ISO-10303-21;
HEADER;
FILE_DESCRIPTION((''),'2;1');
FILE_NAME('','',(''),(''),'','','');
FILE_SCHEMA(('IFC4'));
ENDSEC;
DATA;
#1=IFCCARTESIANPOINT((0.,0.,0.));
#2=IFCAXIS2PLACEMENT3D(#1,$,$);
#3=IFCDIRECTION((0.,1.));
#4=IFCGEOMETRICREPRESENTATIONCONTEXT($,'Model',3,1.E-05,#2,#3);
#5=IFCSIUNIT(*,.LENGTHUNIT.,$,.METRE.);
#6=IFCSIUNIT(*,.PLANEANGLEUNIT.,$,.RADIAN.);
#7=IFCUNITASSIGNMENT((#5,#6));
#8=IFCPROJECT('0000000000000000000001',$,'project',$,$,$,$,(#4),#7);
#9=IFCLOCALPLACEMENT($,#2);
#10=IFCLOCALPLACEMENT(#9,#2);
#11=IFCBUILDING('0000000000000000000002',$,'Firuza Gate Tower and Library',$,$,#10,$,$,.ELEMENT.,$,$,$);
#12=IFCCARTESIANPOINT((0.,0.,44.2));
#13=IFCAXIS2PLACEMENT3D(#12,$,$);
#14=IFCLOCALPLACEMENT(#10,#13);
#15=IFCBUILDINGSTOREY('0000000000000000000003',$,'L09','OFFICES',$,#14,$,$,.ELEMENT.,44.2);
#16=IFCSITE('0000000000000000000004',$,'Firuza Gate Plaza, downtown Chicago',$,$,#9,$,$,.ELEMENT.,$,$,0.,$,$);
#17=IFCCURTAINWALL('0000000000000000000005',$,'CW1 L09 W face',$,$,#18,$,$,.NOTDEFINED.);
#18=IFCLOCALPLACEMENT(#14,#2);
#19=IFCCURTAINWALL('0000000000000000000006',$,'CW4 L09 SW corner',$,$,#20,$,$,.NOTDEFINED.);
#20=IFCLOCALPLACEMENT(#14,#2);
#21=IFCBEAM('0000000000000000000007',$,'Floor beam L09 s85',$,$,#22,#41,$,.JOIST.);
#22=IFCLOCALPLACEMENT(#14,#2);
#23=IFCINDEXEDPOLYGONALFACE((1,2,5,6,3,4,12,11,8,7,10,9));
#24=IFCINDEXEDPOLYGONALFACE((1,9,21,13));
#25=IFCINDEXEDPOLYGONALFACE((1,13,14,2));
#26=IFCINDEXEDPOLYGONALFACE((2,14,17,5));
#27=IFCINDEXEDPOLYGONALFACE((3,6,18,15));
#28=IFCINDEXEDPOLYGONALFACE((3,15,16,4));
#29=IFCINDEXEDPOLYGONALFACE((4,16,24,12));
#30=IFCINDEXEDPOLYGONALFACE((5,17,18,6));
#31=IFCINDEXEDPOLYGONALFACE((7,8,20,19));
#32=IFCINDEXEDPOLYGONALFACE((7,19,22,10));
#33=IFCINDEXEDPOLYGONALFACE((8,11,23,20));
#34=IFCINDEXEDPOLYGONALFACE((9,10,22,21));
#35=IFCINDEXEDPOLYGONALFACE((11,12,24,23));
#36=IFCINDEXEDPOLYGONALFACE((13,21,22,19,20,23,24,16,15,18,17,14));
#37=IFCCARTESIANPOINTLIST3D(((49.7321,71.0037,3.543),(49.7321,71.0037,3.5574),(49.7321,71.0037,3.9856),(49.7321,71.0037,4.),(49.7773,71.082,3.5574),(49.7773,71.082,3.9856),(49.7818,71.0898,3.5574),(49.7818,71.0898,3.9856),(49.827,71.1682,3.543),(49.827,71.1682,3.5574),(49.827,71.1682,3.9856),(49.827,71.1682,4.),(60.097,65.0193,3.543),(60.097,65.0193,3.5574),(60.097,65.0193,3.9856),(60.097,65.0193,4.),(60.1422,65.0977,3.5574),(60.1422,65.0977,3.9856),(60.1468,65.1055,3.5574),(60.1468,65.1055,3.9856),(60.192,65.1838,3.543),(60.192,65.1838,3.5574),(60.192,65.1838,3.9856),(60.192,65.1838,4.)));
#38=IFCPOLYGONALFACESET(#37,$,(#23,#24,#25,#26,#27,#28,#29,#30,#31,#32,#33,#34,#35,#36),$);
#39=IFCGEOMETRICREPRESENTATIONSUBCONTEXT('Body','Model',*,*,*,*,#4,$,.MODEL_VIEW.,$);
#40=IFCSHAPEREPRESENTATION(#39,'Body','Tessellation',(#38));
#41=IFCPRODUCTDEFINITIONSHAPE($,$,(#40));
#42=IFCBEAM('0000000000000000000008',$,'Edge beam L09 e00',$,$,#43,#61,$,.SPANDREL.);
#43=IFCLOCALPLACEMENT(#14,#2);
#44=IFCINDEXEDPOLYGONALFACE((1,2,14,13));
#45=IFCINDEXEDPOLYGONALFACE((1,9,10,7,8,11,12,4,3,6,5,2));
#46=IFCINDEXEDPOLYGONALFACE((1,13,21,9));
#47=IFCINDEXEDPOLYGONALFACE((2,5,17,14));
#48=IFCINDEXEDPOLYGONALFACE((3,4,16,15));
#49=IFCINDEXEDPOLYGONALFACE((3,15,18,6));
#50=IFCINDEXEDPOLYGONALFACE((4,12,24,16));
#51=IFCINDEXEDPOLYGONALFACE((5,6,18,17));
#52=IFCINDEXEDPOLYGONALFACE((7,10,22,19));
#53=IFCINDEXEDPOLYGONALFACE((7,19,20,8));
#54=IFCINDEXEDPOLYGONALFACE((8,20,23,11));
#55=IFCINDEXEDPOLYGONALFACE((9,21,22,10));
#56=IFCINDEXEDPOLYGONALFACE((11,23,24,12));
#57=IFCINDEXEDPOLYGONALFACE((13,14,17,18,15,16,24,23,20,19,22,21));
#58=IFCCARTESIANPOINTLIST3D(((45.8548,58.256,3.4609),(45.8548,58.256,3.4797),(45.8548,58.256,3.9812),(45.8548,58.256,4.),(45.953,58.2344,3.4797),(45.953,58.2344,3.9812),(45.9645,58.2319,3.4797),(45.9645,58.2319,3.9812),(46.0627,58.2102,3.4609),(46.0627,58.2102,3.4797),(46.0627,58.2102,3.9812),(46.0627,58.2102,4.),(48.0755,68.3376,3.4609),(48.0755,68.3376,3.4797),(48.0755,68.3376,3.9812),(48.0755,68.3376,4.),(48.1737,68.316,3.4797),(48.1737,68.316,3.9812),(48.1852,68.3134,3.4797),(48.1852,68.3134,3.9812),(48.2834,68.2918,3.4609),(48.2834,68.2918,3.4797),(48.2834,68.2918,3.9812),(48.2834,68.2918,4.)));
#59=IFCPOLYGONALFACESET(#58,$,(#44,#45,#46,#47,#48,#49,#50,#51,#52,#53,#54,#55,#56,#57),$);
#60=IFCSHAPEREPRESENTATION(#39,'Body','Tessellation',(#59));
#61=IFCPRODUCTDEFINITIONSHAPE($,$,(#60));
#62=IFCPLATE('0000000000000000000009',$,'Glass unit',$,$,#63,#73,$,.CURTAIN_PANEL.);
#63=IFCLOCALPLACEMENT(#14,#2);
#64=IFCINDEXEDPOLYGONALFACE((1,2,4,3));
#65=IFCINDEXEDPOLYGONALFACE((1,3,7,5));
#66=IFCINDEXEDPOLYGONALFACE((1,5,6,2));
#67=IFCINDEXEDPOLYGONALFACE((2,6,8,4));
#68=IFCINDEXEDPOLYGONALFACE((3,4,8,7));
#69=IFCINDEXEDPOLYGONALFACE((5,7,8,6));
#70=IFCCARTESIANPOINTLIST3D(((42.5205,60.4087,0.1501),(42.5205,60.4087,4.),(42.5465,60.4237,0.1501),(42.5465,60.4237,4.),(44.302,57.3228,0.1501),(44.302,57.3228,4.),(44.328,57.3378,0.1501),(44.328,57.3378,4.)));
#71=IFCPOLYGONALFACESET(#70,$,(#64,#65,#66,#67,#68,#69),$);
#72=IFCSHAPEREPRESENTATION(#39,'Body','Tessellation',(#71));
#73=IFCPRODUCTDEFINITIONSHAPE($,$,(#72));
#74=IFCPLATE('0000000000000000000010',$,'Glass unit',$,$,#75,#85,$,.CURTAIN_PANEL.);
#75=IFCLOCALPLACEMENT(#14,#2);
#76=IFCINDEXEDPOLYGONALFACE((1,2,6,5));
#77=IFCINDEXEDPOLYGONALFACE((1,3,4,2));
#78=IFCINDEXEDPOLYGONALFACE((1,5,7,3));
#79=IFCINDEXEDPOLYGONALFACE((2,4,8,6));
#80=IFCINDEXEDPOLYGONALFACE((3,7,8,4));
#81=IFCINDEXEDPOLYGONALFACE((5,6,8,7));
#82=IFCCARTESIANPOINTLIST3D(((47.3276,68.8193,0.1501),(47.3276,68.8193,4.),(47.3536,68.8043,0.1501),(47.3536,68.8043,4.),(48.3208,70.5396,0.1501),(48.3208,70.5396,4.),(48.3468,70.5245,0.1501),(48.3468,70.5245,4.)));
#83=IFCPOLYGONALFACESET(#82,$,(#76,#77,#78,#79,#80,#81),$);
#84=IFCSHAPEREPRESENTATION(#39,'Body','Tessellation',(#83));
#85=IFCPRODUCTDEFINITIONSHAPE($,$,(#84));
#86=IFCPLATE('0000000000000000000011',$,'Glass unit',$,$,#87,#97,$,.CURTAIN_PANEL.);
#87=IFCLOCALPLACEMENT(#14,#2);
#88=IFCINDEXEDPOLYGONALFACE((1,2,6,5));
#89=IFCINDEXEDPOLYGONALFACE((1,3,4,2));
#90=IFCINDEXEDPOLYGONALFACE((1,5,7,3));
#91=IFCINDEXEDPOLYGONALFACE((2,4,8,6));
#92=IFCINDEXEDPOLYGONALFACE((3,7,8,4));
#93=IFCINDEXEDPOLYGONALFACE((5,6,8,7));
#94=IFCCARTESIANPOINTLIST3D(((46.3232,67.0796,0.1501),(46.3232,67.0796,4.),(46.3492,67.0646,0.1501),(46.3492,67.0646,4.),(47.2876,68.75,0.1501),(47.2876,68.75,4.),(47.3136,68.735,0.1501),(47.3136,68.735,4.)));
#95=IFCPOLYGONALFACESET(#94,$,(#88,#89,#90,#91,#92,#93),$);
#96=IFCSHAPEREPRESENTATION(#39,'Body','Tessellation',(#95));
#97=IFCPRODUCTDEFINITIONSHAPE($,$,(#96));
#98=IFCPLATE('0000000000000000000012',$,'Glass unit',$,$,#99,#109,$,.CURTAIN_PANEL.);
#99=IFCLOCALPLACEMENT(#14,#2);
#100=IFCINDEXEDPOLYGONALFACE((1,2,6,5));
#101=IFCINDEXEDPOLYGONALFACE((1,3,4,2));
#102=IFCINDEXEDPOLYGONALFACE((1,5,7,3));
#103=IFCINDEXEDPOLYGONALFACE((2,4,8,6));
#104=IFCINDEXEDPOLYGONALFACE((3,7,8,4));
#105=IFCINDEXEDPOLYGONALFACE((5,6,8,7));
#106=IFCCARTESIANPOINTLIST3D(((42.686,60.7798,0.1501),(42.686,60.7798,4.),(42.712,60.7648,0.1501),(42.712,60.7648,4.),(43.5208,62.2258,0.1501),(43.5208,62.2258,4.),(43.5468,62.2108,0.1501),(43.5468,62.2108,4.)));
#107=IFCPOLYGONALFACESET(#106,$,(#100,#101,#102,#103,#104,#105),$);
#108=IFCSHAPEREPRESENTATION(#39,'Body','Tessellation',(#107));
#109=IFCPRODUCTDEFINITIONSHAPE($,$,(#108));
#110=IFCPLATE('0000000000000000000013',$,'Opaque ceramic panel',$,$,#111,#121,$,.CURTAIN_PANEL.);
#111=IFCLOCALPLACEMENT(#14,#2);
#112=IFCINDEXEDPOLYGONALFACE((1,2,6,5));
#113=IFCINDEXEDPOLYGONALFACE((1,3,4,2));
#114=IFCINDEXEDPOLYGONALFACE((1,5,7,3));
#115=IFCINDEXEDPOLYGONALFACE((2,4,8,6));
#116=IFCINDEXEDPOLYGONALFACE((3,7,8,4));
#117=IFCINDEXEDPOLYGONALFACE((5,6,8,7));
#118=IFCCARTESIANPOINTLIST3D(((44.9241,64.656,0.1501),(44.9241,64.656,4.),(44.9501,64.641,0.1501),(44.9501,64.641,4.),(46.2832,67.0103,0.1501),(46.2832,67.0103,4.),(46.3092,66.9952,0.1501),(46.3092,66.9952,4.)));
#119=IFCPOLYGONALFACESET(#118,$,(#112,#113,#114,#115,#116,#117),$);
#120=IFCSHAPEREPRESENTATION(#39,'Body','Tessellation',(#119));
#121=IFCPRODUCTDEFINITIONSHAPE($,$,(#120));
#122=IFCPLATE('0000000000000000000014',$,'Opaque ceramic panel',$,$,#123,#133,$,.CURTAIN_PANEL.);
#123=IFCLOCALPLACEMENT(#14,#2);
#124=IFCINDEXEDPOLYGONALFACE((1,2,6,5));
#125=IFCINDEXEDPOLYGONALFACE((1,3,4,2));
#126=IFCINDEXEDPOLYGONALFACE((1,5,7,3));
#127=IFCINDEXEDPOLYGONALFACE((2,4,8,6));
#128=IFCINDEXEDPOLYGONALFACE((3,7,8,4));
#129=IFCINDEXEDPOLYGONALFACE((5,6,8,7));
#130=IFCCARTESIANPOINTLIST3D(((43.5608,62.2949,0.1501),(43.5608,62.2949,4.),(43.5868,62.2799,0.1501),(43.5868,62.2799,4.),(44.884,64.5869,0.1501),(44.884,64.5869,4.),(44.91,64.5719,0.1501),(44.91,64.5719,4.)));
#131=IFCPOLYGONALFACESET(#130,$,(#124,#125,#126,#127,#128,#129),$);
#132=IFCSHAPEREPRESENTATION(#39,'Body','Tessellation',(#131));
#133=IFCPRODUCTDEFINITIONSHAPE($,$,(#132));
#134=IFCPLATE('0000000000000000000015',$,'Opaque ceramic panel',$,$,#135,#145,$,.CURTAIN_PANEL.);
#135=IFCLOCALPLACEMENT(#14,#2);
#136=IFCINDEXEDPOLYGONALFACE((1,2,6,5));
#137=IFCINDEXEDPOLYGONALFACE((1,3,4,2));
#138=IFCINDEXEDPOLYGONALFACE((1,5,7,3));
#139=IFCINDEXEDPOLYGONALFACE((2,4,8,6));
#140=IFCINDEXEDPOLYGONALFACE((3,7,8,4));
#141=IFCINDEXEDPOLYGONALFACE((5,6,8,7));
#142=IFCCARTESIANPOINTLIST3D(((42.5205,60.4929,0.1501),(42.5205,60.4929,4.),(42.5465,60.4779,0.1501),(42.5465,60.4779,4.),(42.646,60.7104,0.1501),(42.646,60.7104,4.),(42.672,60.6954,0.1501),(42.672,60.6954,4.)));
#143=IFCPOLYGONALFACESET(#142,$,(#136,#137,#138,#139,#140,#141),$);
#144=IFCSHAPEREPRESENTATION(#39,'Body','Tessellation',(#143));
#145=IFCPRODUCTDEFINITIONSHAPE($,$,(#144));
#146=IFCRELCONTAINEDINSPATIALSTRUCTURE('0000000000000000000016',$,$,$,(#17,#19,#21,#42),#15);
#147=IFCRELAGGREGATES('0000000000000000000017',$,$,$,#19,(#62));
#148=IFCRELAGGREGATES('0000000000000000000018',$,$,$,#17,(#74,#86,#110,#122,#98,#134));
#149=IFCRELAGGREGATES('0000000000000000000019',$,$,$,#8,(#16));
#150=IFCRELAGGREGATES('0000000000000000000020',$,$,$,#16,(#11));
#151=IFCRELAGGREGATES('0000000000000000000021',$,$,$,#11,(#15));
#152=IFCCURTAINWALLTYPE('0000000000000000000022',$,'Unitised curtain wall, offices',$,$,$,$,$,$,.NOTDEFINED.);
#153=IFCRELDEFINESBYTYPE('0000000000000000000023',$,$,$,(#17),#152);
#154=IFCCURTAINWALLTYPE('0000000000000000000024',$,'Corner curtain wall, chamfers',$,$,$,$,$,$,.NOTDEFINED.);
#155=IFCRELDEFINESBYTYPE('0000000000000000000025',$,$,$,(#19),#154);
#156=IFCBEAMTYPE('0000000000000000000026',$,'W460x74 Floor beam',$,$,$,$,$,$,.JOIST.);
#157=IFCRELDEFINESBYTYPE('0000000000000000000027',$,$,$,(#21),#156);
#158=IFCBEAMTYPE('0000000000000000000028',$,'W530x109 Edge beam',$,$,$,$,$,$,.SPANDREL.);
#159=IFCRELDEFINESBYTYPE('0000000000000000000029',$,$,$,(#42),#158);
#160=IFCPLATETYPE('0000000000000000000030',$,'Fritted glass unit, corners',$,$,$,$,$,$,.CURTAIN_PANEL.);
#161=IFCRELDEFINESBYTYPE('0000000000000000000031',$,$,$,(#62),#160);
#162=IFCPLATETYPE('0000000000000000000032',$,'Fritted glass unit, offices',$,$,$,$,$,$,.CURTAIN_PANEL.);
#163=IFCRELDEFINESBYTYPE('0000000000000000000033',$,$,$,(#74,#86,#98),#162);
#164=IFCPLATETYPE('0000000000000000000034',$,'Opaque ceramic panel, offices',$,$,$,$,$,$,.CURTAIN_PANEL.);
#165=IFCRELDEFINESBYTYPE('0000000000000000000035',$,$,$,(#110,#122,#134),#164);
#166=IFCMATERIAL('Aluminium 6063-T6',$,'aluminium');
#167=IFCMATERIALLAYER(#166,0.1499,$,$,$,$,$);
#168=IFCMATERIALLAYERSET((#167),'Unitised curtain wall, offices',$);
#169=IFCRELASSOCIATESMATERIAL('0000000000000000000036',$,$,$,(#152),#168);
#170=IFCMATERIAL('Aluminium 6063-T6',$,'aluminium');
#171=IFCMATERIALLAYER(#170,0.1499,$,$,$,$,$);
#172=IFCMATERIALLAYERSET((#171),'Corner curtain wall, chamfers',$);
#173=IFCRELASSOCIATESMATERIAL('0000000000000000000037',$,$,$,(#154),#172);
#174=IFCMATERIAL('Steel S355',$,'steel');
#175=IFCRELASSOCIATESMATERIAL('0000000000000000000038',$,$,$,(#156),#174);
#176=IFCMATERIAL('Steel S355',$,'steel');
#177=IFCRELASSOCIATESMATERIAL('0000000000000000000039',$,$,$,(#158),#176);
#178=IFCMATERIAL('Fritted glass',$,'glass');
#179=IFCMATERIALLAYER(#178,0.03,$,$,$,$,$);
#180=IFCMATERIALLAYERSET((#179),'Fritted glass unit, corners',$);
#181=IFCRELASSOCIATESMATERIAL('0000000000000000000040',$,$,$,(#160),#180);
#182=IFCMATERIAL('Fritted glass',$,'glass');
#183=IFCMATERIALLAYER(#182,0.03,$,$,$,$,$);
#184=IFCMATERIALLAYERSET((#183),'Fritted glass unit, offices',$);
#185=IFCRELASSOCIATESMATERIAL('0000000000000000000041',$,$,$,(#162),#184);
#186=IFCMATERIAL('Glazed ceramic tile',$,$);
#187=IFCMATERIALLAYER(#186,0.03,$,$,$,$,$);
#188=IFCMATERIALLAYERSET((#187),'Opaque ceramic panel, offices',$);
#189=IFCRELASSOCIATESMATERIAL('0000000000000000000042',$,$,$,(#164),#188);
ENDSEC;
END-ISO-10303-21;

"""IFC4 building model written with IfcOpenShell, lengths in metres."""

from ifc_helpers import new_model, si_unit, direction, frame, origin, origin_2d, place, context, subcontext, project, spatial, polyline, i_section, outline, extrude, material, layer, layer_set, material_profile, profile_set, type_object, element, aggregate, save


model = new_model("IFC4")

# Units and contexts
model_context = context("Model", 3, precision=1e-05, world=origin(), true_north=direction((0.0, 1.0)))
body_context = subcontext(model_context, "Body", "Model", "MODEL_VIEW")
ifc_project = project(units=[si_unit("LENGTHUNIT", "METRE"), si_unit("PLANEANGLEUNIT", "RADIAN")], contexts=[model_context])

# Site, building, storey
site_placement = place(None, origin())
site = spatial("IfcSite", under=ifc_project, at=site_placement, Name="Firuza Gate Plaza, downtown Chicago", CompositionType="ELEMENT", RefElevation=0.0)
building_placement = place(site_placement, origin())
building = spatial("IfcBuilding", under=site, at=building_placement, Name="Firuza Gate Tower and Library", CompositionType="ELEMENT")
storey_placement = place(building_placement, frame((0.0, 0.0, 44.2)))
storey = spatial("IfcBuildingStorey", under=building, at=storey_placement, Name="L09", Description="OFFICES", CompositionType="ELEMENT", Elevation=44.2)

# Curtain walls
ifc_material_1 = material(Name="Aluminium 6063-T6", Category="aluminium")
ifc_layer_1 = layer(ifc_material_1, 0.1499)
ifc_layer_set_1 = layer_set([ifc_layer_1], Name="Unitised curtain wall, offices")
curtain_wall_type_1 = type_object("IfcCurtainWallType", Name="Unitised curtain wall, offices", PredefinedType="NOTDEFINED", material=ifc_layer_set_1)
placement = place(storey_placement, origin())
curtain_wall_1 = element("IfcCurtainWall", 1, at=placement, inside=storey, type_object=curtain_wall_type_1, Name="CW1 L09 W face", PredefinedType="NOTDEFINED")
ifc_material_2 = material(Name="Aluminium 6063-T6", Category="aluminium")
ifc_layer_2 = layer(ifc_material_2, 0.1499)
ifc_layer_set_2 = layer_set([ifc_layer_2], Name="Corner curtain wall, chamfers")
curtain_wall_type_2 = type_object("IfcCurtainWallType", Name="Corner curtain wall, chamfers", PredefinedType="NOTDEFINED", material=ifc_layer_set_2)
curtain_wall_2 = element("IfcCurtainWall", 2, at=placement, inside=storey, type_object=curtain_wall_type_2, Name="CW4 L09 SW corner", PredefinedType="NOTDEFINED")

# Beams
ifc_material_3 = material(Name="Steel S355", Category="steel")
ifc_material_profile_1 = material_profile(ifc_material_3, i_section(OverallWidth=0.1899, OverallDepth=0.457, WebThickness=0.009, FlangeThickness=0.0144, at=origin_2d()))
ifc_profile_set_1 = profile_set([ifc_material_profile_1], Name="Steel S355")
beam_type_1 = type_object("IfcBeamType", Name="W460x74 Floor beam", PredefinedType="JOIST", material=ifc_profile_set_1)
beam_1_placement = place(storey_placement, frame((49.7795, 71.0859, 3.7715), z_axis=(0.86602, -0.500009, 0.0), x_axis=(0.500009, 0.86602, 0.0)))
element("IfcBeam", 3, at=beam_1_placement, inside=storey, type_object=beam_type_1, Name="Floor beam L09 s85", PredefinedType="JOIST", context=body_context, shape_type="SweptSolid", body=[
    extrude(i_section(OverallWidth=0.1899, OverallDepth=0.457, WebThickness=0.009, FlangeThickness=0.0144, at=origin_2d()), origin(), (0.0, 0.0, 1.0), 11.9685),
])
ifc_material_4 = material(Name="Steel S355", Category="steel")
ifc_material_profile_2 = material_profile(ifc_material_4, i_section(OverallWidth=0.2129, OverallDepth=0.5391, WebThickness=0.0117, FlangeThickness=0.0188, at=origin_2d()))
ifc_profile_set_2 = profile_set([ifc_material_profile_2], Name="Steel S355")
beam_type_2 = type_object("IfcBeamType", Name="W530x109 Edge beam", PredefinedType="SPANDREL", material=ifc_profile_set_2)
beam_2_placement = place(storey_placement, frame((48.1794, 68.3147, 3.7305), z_axis=(-0.215117, -0.976588, 0.0), x_axis=(0.976588, -0.215117, 0.0)))
element("IfcBeam", 4, at=beam_2_placement, inside=storey, type_object=beam_type_2, Name="Edge beam L09 e00", PredefinedType="SPANDREL", context=body_context, shape_type="SweptSolid", body=[
    extrude(i_section(OverallWidth=0.2129, OverallDepth=0.5391, WebThickness=0.0117, FlangeThickness=0.0188, at=origin_2d()), origin(), (0.0, 0.0, 1.0), 10.3232),
])

# Plates
ifc_material_5 = material(Name="Fritted glass", Category="glass")
ifc_layer_3 = layer(ifc_material_5, 0.03)
ifc_layer_set_3 = layer_set([ifc_layer_3], Name="Fritted glass unit, corners")
plate_type_1 = type_object("IfcPlateType", Name="Fritted glass unit, corners", PredefinedType="CURTAIN_PANEL", material=ifc_layer_set_3)
plate_1_placement = place(storey_placement, frame((42.5205, 60.4087, 0.1501), z_axis=(-0.866046, -0.499964, 0.0), x_axis=(0.499964, -0.866046, 0.0)))
plate_1 = element("IfcPlate", 5, at=plate_1_placement, type_object=plate_type_1, Name="Glass unit", PredefinedType="CURTAIN_PANEL", context=body_context, shape_type="SweptSolid", body=[
    extrude(outline(polyline([(0.0, 0.0), (3.5632, 0.0), (3.5632, 3.8499), (0.0, 3.8499), (0.0, 0.0)])), origin(), (0.0, 0.0, -1.0), 0.03),
])
aggregate(curtain_wall_2, [plate_1])
ifc_material_6 = material(Name="Fritted glass", Category="glass")
ifc_layer_4 = layer(ifc_material_6, 0.03)
ifc_layer_set_4 = layer_set([ifc_layer_4], Name="Fritted glass unit, offices")
plate_type_2 = type_object("IfcPlateType", Name="Fritted glass unit, offices", PredefinedType="CURTAIN_PANEL", material=ifc_layer_set_4)
plate_2_placement = place(storey_placement, frame((48.3208, 70.5396, 0.1501), z_axis=(-0.866026, 0.499999, 0.0), x_axis=(-0.499999, -0.866026, 0.0)))
plate_2 = element("IfcPlate", 6, at=plate_2_placement, type_object=plate_type_2, Name="Glass unit", PredefinedType="CURTAIN_PANEL", context=body_context, shape_type="SweptSolid", body=[
    extrude(outline(polyline([(0.0, 0.0), (1.9863, 0.0), (1.9863, 3.8499), (0.0, 3.8499), (0.0, 0.0)])), origin(), (0.0, 0.0, -1.0), 0.03),
])
plate_3_placement = place(storey_placement, frame((47.2876, 68.75, 0.1501), z_axis=(-0.866038, 0.499978, 0.0), x_axis=(-0.499978, -0.866038, 0.0)))
plate_3 = element("IfcPlate", 7, at=plate_3_placement, type_object=plate_type_2, Name="Glass unit", PredefinedType="CURTAIN_PANEL", context=body_context, shape_type="SweptSolid", body=[
    extrude(outline(polyline([(0.0, 0.0), (1.9288, 0.0), (1.9288, 3.8499), (0.0, 3.8499), (0.0, 0.0)])), origin(), (0.0, 0.0, -1.0), 0.03),
])
plate_4_placement = place(storey_placement, frame((43.5208, 62.2258, 0.1501), z_axis=(-0.866066, 0.499929, 0.0), x_axis=(-0.499929, -0.866066, 0.0)))
plate_4 = element("IfcPlate", 8, at=plate_4_placement, type_object=plate_type_2, Name="Glass unit", PredefinedType="CURTAIN_PANEL", context=body_context, shape_type="SweptSolid", body=[
    extrude(outline(polyline([(0.0, 0.0), (1.6697, 0.0), (1.6697, 3.8499), (0.0, 3.8499), (0.0, 0.0)])), origin(), (0.0, 0.0, -1.0), 0.03),
])
ifc_material_7 = material(Name="Glazed ceramic tile")
ifc_layer_5 = layer(ifc_material_7, 0.03)
ifc_layer_set_5 = layer_set([ifc_layer_5], Name="Opaque ceramic panel, offices")
plate_type_3 = type_object("IfcPlateType", Name="Opaque ceramic panel, offices", PredefinedType="CURTAIN_PANEL", material=ifc_layer_set_5)
plate_5_placement = place(storey_placement, frame((46.2832, 67.0103, 0.1501), z_axis=(-0.866041, 0.499974, 0.0), x_axis=(-0.499974, -0.866041, 0.0)))
plate_5 = element("IfcPlate", 9, at=plate_5_placement, type_object=plate_type_3, Name="Opaque ceramic panel", PredefinedType="CURTAIN_PANEL", context=body_context, shape_type="SweptSolid", body=[
    extrude(outline(polyline([(0.0, 0.0), (2.7184, 0.0), (2.7184, 3.8499), (0.0, 3.8499), (0.0, 0.0)])), origin(), (0.0, 0.0, -1.0), 0.03),
])
plate_6_placement = place(storey_placement, frame((44.884, 64.5869, 0.1501), z_axis=(-0.866032, 0.499989, 0.0), x_axis=(-0.499989, -0.866032, 0.0)))
plate_6 = element("IfcPlate", 10, at=plate_6_placement, type_object=plate_type_3, Name="Opaque ceramic panel", PredefinedType="CURTAIN_PANEL", context=body_context, shape_type="SweptSolid", body=[
    extrude(outline(polyline([(0.0, 0.0), (2.6465, 0.0), (2.6465, 3.8499), (0.0, 3.8499), (0.0, 0.0)])), origin(), (0.0, 0.0, -1.0), 0.03),
])
plate_7_placement = place(storey_placement, frame((42.646, 60.7104, 0.1501), z_axis=(-0.866202, 0.499694, 0.0), x_axis=(-0.499694, -0.866202, 0.0)))
plate_7 = element("IfcPlate", 11, at=plate_7_placement, type_object=plate_type_3, Name="Opaque ceramic panel", PredefinedType="CURTAIN_PANEL", context=body_context, shape_type="SweptSolid", body=[
    extrude(outline(polyline([(0.0, 0.0), (0.2511, 0.0), (0.2511, 3.8499), (0.0, 3.8499), (0.0, 0.0)])), origin(), (0.0, 0.0, -1.0), 0.03),
])
aggregate(curtain_wall_1, [plate_2, plate_3, plate_5, plate_6, plate_4, plate_7])

save(model, "model.ifc")
